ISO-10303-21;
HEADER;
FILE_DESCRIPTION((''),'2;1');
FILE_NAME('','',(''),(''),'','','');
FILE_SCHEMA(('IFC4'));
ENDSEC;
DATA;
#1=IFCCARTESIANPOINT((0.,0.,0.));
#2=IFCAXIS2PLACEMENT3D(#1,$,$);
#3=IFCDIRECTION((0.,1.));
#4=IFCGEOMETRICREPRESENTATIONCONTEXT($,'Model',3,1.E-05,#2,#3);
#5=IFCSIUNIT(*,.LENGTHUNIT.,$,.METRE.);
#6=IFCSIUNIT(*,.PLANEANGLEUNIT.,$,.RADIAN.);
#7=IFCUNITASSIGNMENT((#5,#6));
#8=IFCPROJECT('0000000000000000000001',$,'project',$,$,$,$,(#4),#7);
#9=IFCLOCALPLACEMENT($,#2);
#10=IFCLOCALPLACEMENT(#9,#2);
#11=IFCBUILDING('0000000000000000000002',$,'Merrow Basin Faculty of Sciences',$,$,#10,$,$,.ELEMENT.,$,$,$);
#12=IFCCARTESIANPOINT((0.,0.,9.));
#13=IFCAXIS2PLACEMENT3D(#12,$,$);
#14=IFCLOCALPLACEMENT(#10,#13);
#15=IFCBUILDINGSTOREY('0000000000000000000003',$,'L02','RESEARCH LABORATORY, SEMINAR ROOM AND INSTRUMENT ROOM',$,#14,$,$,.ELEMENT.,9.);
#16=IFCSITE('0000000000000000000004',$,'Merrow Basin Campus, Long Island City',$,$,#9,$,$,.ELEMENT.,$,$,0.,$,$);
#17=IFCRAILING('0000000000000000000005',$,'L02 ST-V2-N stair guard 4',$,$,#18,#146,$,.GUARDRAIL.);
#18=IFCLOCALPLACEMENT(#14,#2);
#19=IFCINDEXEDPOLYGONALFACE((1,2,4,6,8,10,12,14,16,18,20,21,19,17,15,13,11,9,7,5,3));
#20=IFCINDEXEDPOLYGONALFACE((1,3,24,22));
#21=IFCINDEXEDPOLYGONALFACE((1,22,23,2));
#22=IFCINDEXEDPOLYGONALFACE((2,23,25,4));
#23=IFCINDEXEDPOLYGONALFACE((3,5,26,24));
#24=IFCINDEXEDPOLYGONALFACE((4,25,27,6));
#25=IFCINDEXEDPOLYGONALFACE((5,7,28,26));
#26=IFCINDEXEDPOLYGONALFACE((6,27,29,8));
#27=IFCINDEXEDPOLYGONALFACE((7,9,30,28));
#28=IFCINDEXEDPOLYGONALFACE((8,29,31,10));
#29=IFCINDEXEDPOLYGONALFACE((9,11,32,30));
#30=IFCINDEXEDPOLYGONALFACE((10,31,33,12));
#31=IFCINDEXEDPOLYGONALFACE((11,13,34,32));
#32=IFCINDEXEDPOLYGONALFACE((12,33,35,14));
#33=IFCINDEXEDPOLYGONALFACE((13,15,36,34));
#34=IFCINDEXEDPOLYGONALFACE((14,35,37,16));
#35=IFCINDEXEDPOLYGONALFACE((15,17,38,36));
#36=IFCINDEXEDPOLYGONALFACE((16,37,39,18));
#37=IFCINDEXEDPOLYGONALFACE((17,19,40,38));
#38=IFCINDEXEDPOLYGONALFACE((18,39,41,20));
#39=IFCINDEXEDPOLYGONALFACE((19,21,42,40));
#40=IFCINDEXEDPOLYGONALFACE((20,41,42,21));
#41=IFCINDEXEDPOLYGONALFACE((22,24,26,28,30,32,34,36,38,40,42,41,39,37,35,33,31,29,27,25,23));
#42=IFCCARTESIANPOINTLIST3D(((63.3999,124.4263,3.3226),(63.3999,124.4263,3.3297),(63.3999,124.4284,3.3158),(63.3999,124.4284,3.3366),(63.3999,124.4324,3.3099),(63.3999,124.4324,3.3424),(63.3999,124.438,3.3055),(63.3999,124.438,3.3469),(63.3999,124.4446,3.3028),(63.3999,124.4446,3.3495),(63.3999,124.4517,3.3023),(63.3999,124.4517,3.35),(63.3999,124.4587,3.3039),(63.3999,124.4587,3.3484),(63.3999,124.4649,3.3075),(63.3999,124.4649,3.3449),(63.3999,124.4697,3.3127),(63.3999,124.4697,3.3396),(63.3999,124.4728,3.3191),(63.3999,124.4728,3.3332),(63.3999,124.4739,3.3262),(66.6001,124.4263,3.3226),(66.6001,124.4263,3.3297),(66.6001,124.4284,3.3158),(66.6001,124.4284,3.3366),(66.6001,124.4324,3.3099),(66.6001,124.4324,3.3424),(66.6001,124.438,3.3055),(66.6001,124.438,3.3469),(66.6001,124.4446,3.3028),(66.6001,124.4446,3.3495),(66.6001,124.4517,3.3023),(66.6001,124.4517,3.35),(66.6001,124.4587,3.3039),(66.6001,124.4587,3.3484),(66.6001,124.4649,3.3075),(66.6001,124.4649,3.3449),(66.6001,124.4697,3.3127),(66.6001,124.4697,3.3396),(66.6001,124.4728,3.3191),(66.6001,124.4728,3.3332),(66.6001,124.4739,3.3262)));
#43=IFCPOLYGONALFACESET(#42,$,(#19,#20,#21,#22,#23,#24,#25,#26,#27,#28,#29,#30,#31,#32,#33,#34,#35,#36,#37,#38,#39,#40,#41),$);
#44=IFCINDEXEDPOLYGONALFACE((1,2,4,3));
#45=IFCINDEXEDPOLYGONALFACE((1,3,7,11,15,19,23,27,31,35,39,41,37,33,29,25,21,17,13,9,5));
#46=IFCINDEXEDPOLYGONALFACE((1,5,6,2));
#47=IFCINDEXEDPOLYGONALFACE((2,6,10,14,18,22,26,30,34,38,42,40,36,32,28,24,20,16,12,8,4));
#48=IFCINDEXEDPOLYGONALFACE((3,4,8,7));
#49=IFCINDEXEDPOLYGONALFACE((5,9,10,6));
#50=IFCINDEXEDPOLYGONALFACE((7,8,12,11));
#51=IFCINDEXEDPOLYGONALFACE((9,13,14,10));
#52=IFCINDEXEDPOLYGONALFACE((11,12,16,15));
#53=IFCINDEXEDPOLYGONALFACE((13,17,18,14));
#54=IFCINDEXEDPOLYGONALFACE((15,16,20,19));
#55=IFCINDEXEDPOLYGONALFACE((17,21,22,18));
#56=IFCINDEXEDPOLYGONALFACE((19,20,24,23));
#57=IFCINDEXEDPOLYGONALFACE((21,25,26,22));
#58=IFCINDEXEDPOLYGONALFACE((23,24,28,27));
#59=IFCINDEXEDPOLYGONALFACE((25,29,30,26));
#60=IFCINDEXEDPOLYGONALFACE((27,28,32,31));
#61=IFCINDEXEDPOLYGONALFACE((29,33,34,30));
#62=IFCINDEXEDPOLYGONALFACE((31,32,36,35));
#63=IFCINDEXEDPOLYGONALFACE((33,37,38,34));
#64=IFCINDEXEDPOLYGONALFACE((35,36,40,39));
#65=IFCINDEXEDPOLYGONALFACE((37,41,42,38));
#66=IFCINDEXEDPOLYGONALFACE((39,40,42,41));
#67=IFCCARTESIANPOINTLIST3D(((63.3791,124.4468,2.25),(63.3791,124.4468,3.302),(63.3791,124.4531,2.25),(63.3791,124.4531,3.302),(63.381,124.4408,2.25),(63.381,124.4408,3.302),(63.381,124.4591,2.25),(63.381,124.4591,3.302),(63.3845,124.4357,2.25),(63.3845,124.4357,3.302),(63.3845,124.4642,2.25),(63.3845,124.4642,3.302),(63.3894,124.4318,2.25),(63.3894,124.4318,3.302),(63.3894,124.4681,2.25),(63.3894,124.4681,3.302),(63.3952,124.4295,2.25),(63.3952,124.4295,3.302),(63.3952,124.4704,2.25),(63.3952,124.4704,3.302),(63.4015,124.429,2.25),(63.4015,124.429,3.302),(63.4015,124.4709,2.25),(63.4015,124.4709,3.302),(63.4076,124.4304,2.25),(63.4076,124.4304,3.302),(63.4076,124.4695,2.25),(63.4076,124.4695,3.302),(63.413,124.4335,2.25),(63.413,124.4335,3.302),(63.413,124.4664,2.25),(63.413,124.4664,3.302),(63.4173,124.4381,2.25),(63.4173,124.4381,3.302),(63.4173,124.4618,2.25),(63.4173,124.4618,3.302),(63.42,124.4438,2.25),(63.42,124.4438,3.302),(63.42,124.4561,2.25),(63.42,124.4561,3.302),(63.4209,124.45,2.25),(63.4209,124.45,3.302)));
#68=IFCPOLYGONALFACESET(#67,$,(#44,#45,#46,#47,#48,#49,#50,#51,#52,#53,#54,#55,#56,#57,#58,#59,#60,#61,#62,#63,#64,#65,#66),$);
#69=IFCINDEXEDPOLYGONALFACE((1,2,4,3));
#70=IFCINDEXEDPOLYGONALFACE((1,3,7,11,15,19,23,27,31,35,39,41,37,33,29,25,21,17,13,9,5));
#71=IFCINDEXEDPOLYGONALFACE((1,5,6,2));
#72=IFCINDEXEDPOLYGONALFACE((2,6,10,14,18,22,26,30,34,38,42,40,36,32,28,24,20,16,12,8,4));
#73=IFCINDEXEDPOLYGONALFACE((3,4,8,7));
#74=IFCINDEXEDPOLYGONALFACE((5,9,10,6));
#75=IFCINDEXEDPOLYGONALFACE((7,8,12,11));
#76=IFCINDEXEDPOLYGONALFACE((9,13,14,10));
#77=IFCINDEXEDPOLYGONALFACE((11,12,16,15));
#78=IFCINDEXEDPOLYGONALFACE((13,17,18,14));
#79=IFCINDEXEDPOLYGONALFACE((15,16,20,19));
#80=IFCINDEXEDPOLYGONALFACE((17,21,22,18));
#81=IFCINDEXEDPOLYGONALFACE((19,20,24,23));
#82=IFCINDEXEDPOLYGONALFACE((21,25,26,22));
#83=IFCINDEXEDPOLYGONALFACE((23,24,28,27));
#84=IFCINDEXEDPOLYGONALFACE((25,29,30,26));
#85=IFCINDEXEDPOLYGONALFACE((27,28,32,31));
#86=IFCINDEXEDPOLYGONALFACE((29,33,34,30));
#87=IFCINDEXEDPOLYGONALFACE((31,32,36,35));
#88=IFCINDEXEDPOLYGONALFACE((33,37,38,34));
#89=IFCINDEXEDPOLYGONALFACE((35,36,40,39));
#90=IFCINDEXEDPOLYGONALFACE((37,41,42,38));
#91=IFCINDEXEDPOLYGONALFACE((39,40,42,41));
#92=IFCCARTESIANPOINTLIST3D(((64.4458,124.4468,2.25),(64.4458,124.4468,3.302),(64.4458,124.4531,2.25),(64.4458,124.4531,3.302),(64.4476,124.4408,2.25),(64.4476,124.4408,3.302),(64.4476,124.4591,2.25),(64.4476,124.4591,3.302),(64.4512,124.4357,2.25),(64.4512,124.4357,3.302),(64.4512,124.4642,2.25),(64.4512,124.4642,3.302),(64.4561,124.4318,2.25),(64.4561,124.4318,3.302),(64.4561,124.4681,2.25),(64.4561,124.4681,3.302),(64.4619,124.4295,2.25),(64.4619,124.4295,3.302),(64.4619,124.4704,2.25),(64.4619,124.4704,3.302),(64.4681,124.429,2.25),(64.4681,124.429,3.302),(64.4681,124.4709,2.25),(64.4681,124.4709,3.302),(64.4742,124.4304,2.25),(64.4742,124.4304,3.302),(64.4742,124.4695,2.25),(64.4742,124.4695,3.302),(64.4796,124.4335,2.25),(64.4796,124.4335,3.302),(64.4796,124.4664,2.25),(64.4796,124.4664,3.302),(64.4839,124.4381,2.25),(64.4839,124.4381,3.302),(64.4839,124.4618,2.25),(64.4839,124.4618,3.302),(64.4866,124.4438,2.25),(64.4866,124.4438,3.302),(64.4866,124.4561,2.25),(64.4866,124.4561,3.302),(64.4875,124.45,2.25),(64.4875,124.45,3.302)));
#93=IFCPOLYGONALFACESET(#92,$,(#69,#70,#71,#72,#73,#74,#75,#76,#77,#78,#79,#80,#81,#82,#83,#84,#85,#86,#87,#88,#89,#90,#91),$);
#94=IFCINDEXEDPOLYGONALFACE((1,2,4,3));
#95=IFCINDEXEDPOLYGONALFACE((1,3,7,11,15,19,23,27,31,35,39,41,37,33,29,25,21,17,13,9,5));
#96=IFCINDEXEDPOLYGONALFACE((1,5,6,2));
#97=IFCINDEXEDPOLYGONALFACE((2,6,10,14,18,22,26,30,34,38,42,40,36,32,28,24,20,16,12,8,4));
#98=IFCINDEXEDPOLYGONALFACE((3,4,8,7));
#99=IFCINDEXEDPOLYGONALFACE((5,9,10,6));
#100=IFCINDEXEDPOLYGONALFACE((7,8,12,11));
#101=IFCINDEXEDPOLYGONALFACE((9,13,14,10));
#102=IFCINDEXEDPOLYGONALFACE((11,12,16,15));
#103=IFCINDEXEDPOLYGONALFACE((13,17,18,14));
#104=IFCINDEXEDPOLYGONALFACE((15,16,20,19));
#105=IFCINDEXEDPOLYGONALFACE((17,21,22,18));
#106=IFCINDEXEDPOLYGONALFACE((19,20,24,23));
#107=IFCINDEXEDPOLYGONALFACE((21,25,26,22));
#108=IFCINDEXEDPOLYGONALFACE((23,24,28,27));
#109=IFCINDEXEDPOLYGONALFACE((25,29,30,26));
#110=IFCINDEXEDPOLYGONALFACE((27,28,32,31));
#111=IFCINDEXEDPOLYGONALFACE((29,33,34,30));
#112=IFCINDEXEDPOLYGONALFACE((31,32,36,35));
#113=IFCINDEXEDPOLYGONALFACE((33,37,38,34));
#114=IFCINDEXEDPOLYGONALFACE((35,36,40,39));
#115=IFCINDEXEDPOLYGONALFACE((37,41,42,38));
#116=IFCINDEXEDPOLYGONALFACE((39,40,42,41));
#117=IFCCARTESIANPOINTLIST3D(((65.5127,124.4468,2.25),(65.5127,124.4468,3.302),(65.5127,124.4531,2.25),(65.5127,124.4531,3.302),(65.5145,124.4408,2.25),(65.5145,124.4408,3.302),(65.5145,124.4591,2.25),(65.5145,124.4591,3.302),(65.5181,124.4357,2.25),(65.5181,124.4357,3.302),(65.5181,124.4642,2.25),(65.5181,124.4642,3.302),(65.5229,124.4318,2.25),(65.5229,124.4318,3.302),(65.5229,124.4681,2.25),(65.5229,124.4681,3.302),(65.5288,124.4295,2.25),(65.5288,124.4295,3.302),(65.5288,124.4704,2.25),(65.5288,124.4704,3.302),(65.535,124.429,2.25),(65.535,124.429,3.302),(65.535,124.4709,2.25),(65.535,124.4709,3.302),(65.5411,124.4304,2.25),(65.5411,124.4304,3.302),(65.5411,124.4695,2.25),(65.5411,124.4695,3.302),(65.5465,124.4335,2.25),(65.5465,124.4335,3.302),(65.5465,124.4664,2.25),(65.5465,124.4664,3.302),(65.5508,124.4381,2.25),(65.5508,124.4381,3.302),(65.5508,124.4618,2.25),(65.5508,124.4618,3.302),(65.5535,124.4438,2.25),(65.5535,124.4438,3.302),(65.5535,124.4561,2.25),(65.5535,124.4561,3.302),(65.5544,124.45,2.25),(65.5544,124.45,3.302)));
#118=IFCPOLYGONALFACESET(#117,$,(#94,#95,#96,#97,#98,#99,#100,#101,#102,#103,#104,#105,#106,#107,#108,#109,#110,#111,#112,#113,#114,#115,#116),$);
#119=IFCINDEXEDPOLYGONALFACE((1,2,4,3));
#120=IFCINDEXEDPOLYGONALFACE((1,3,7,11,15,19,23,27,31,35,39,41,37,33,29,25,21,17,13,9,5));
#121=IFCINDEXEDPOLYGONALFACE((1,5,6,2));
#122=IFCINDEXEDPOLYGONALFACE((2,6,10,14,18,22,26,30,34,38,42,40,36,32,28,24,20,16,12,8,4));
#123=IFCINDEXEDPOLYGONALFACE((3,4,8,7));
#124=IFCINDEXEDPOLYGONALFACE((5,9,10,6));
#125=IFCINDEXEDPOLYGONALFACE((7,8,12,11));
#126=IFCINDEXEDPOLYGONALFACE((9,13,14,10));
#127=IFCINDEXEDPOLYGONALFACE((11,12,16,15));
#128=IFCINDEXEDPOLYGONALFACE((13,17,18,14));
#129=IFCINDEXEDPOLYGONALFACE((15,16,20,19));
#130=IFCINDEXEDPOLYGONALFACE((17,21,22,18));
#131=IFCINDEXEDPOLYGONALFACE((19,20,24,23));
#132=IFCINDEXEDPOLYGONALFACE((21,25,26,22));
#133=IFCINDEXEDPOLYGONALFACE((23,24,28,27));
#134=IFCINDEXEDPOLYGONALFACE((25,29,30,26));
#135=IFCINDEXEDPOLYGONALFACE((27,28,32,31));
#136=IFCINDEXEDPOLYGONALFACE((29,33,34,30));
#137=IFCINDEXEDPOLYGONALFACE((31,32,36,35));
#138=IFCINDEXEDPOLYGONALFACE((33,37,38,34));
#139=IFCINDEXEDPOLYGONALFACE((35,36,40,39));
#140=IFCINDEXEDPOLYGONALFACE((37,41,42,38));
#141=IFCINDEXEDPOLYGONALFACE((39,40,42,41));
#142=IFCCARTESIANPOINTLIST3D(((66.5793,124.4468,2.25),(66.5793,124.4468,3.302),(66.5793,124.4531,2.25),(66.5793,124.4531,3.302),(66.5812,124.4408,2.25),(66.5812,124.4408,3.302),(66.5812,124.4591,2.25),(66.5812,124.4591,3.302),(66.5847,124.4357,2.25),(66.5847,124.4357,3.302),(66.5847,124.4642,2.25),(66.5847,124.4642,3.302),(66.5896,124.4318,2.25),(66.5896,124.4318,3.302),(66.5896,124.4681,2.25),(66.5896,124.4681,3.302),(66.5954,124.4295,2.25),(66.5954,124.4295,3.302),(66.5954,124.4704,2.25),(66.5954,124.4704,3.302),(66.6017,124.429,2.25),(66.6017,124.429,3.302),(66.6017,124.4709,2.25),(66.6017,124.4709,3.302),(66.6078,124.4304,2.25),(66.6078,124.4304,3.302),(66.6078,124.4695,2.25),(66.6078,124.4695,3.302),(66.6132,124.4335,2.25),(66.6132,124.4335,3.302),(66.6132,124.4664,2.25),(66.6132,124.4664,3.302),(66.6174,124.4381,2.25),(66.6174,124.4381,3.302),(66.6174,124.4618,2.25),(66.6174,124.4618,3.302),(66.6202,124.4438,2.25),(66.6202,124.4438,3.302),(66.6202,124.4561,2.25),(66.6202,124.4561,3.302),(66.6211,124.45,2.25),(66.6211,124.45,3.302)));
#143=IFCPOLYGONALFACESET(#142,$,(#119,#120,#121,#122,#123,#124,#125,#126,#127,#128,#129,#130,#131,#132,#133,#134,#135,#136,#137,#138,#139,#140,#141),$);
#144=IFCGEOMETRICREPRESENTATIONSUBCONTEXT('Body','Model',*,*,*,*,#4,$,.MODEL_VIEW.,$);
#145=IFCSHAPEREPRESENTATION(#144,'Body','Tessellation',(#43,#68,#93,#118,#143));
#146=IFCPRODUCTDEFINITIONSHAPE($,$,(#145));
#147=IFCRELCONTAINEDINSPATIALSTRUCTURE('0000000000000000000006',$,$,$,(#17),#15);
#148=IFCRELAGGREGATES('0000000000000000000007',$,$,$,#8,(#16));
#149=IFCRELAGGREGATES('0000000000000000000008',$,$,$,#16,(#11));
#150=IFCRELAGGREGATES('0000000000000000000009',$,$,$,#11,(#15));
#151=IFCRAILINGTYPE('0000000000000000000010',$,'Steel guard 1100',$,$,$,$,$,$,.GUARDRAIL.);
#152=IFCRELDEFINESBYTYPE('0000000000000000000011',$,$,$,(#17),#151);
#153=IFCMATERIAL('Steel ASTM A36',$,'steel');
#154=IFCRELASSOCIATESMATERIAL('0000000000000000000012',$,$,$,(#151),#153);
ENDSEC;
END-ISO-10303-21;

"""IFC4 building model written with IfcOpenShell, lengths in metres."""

from ifc_helpers import new_model, si_unit, direction, frame, origin, origin_2d, place, context, subcontext, project, spatial, circle, extrude, material, type_object, element, save


model = new_model("IFC4")

# Units and contexts
model_context = context("Model", 3, precision=1e-05, world=origin(), true_north=direction((0.0, 1.0)))
body_context = subcontext(model_context, "Body", "Model", "MODEL_VIEW")
ifc_project = project(units=[si_unit("LENGTHUNIT", "METRE"), si_unit("PLANEANGLEUNIT", "RADIAN")], contexts=[model_context])

# Site, building, storey
site_placement = place(None, origin())
site = spatial("IfcSite", under=ifc_project, at=site_placement, Name="Merrow Basin Campus, Long Island City", CompositionType="ELEMENT", RefElevation=0.0)
building_placement = place(site_placement, origin())
building = spatial("IfcBuilding", under=site, at=building_placement, Name="Merrow Basin Faculty of Sciences", CompositionType="ELEMENT")
storey_placement = place(building_placement, frame((0.0, 0.0, 9.0)))
storey = spatial("IfcBuildingStorey", under=building, at=storey_placement, Name="L02", Description="RESEARCH LABORATORY, SEMINAR ROOM AND INSTRUMENT ROOM", CompositionType="ELEMENT", Elevation=9.0)

# Railing
ifc_material_1 = material(Name="Steel ASTM A36", Category="steel")
railing_type_1 = type_object("IfcRailingType", Name="Steel guard 1100", PredefinedType="GUARDRAIL", material=ifc_material_1)
railing_1_placement = place(storey_placement, frame((63.3999, 124.45, 2.25)))
element("IfcRailing", 1, at=railing_1_placement, inside=storey, type_object=railing_type_1, Name="L02 ST-V2-N stair guard 4", PredefinedType="GUARDRAIL", context=body_context, shape_type="SweptSolid", body=[
    extrude(circle(Radius=0.0239, at=origin_2d()), frame((0.0, 0.0, 1.0762), z_axis=(1.0, 0.0, 0.0), x_axis=(0.0, 1.0, 0.0)), (0.0, 0.0, 1.0), 3.2002),
    extrude(circle(Radius=0.021, at=origin_2d()), origin(), (0.0, 0.0, 1.0), 1.052),
    extrude(circle(Radius=0.021, at=origin_2d()), frame((1.0667, 0.0, 0.0)), (0.0, 0.0, 1.0), 1.052),
    extrude(circle(Radius=0.021, at=origin_2d()), frame((2.1335, 0.0, 0.0)), (0.0, 0.0, 1.0), 1.052),
    extrude(circle(Radius=0.021, at=origin_2d()), frame((3.2002, 0.0, 0.0)), (0.0, 0.0, 1.0), 1.052),
])

save(model, "model.ifc")
